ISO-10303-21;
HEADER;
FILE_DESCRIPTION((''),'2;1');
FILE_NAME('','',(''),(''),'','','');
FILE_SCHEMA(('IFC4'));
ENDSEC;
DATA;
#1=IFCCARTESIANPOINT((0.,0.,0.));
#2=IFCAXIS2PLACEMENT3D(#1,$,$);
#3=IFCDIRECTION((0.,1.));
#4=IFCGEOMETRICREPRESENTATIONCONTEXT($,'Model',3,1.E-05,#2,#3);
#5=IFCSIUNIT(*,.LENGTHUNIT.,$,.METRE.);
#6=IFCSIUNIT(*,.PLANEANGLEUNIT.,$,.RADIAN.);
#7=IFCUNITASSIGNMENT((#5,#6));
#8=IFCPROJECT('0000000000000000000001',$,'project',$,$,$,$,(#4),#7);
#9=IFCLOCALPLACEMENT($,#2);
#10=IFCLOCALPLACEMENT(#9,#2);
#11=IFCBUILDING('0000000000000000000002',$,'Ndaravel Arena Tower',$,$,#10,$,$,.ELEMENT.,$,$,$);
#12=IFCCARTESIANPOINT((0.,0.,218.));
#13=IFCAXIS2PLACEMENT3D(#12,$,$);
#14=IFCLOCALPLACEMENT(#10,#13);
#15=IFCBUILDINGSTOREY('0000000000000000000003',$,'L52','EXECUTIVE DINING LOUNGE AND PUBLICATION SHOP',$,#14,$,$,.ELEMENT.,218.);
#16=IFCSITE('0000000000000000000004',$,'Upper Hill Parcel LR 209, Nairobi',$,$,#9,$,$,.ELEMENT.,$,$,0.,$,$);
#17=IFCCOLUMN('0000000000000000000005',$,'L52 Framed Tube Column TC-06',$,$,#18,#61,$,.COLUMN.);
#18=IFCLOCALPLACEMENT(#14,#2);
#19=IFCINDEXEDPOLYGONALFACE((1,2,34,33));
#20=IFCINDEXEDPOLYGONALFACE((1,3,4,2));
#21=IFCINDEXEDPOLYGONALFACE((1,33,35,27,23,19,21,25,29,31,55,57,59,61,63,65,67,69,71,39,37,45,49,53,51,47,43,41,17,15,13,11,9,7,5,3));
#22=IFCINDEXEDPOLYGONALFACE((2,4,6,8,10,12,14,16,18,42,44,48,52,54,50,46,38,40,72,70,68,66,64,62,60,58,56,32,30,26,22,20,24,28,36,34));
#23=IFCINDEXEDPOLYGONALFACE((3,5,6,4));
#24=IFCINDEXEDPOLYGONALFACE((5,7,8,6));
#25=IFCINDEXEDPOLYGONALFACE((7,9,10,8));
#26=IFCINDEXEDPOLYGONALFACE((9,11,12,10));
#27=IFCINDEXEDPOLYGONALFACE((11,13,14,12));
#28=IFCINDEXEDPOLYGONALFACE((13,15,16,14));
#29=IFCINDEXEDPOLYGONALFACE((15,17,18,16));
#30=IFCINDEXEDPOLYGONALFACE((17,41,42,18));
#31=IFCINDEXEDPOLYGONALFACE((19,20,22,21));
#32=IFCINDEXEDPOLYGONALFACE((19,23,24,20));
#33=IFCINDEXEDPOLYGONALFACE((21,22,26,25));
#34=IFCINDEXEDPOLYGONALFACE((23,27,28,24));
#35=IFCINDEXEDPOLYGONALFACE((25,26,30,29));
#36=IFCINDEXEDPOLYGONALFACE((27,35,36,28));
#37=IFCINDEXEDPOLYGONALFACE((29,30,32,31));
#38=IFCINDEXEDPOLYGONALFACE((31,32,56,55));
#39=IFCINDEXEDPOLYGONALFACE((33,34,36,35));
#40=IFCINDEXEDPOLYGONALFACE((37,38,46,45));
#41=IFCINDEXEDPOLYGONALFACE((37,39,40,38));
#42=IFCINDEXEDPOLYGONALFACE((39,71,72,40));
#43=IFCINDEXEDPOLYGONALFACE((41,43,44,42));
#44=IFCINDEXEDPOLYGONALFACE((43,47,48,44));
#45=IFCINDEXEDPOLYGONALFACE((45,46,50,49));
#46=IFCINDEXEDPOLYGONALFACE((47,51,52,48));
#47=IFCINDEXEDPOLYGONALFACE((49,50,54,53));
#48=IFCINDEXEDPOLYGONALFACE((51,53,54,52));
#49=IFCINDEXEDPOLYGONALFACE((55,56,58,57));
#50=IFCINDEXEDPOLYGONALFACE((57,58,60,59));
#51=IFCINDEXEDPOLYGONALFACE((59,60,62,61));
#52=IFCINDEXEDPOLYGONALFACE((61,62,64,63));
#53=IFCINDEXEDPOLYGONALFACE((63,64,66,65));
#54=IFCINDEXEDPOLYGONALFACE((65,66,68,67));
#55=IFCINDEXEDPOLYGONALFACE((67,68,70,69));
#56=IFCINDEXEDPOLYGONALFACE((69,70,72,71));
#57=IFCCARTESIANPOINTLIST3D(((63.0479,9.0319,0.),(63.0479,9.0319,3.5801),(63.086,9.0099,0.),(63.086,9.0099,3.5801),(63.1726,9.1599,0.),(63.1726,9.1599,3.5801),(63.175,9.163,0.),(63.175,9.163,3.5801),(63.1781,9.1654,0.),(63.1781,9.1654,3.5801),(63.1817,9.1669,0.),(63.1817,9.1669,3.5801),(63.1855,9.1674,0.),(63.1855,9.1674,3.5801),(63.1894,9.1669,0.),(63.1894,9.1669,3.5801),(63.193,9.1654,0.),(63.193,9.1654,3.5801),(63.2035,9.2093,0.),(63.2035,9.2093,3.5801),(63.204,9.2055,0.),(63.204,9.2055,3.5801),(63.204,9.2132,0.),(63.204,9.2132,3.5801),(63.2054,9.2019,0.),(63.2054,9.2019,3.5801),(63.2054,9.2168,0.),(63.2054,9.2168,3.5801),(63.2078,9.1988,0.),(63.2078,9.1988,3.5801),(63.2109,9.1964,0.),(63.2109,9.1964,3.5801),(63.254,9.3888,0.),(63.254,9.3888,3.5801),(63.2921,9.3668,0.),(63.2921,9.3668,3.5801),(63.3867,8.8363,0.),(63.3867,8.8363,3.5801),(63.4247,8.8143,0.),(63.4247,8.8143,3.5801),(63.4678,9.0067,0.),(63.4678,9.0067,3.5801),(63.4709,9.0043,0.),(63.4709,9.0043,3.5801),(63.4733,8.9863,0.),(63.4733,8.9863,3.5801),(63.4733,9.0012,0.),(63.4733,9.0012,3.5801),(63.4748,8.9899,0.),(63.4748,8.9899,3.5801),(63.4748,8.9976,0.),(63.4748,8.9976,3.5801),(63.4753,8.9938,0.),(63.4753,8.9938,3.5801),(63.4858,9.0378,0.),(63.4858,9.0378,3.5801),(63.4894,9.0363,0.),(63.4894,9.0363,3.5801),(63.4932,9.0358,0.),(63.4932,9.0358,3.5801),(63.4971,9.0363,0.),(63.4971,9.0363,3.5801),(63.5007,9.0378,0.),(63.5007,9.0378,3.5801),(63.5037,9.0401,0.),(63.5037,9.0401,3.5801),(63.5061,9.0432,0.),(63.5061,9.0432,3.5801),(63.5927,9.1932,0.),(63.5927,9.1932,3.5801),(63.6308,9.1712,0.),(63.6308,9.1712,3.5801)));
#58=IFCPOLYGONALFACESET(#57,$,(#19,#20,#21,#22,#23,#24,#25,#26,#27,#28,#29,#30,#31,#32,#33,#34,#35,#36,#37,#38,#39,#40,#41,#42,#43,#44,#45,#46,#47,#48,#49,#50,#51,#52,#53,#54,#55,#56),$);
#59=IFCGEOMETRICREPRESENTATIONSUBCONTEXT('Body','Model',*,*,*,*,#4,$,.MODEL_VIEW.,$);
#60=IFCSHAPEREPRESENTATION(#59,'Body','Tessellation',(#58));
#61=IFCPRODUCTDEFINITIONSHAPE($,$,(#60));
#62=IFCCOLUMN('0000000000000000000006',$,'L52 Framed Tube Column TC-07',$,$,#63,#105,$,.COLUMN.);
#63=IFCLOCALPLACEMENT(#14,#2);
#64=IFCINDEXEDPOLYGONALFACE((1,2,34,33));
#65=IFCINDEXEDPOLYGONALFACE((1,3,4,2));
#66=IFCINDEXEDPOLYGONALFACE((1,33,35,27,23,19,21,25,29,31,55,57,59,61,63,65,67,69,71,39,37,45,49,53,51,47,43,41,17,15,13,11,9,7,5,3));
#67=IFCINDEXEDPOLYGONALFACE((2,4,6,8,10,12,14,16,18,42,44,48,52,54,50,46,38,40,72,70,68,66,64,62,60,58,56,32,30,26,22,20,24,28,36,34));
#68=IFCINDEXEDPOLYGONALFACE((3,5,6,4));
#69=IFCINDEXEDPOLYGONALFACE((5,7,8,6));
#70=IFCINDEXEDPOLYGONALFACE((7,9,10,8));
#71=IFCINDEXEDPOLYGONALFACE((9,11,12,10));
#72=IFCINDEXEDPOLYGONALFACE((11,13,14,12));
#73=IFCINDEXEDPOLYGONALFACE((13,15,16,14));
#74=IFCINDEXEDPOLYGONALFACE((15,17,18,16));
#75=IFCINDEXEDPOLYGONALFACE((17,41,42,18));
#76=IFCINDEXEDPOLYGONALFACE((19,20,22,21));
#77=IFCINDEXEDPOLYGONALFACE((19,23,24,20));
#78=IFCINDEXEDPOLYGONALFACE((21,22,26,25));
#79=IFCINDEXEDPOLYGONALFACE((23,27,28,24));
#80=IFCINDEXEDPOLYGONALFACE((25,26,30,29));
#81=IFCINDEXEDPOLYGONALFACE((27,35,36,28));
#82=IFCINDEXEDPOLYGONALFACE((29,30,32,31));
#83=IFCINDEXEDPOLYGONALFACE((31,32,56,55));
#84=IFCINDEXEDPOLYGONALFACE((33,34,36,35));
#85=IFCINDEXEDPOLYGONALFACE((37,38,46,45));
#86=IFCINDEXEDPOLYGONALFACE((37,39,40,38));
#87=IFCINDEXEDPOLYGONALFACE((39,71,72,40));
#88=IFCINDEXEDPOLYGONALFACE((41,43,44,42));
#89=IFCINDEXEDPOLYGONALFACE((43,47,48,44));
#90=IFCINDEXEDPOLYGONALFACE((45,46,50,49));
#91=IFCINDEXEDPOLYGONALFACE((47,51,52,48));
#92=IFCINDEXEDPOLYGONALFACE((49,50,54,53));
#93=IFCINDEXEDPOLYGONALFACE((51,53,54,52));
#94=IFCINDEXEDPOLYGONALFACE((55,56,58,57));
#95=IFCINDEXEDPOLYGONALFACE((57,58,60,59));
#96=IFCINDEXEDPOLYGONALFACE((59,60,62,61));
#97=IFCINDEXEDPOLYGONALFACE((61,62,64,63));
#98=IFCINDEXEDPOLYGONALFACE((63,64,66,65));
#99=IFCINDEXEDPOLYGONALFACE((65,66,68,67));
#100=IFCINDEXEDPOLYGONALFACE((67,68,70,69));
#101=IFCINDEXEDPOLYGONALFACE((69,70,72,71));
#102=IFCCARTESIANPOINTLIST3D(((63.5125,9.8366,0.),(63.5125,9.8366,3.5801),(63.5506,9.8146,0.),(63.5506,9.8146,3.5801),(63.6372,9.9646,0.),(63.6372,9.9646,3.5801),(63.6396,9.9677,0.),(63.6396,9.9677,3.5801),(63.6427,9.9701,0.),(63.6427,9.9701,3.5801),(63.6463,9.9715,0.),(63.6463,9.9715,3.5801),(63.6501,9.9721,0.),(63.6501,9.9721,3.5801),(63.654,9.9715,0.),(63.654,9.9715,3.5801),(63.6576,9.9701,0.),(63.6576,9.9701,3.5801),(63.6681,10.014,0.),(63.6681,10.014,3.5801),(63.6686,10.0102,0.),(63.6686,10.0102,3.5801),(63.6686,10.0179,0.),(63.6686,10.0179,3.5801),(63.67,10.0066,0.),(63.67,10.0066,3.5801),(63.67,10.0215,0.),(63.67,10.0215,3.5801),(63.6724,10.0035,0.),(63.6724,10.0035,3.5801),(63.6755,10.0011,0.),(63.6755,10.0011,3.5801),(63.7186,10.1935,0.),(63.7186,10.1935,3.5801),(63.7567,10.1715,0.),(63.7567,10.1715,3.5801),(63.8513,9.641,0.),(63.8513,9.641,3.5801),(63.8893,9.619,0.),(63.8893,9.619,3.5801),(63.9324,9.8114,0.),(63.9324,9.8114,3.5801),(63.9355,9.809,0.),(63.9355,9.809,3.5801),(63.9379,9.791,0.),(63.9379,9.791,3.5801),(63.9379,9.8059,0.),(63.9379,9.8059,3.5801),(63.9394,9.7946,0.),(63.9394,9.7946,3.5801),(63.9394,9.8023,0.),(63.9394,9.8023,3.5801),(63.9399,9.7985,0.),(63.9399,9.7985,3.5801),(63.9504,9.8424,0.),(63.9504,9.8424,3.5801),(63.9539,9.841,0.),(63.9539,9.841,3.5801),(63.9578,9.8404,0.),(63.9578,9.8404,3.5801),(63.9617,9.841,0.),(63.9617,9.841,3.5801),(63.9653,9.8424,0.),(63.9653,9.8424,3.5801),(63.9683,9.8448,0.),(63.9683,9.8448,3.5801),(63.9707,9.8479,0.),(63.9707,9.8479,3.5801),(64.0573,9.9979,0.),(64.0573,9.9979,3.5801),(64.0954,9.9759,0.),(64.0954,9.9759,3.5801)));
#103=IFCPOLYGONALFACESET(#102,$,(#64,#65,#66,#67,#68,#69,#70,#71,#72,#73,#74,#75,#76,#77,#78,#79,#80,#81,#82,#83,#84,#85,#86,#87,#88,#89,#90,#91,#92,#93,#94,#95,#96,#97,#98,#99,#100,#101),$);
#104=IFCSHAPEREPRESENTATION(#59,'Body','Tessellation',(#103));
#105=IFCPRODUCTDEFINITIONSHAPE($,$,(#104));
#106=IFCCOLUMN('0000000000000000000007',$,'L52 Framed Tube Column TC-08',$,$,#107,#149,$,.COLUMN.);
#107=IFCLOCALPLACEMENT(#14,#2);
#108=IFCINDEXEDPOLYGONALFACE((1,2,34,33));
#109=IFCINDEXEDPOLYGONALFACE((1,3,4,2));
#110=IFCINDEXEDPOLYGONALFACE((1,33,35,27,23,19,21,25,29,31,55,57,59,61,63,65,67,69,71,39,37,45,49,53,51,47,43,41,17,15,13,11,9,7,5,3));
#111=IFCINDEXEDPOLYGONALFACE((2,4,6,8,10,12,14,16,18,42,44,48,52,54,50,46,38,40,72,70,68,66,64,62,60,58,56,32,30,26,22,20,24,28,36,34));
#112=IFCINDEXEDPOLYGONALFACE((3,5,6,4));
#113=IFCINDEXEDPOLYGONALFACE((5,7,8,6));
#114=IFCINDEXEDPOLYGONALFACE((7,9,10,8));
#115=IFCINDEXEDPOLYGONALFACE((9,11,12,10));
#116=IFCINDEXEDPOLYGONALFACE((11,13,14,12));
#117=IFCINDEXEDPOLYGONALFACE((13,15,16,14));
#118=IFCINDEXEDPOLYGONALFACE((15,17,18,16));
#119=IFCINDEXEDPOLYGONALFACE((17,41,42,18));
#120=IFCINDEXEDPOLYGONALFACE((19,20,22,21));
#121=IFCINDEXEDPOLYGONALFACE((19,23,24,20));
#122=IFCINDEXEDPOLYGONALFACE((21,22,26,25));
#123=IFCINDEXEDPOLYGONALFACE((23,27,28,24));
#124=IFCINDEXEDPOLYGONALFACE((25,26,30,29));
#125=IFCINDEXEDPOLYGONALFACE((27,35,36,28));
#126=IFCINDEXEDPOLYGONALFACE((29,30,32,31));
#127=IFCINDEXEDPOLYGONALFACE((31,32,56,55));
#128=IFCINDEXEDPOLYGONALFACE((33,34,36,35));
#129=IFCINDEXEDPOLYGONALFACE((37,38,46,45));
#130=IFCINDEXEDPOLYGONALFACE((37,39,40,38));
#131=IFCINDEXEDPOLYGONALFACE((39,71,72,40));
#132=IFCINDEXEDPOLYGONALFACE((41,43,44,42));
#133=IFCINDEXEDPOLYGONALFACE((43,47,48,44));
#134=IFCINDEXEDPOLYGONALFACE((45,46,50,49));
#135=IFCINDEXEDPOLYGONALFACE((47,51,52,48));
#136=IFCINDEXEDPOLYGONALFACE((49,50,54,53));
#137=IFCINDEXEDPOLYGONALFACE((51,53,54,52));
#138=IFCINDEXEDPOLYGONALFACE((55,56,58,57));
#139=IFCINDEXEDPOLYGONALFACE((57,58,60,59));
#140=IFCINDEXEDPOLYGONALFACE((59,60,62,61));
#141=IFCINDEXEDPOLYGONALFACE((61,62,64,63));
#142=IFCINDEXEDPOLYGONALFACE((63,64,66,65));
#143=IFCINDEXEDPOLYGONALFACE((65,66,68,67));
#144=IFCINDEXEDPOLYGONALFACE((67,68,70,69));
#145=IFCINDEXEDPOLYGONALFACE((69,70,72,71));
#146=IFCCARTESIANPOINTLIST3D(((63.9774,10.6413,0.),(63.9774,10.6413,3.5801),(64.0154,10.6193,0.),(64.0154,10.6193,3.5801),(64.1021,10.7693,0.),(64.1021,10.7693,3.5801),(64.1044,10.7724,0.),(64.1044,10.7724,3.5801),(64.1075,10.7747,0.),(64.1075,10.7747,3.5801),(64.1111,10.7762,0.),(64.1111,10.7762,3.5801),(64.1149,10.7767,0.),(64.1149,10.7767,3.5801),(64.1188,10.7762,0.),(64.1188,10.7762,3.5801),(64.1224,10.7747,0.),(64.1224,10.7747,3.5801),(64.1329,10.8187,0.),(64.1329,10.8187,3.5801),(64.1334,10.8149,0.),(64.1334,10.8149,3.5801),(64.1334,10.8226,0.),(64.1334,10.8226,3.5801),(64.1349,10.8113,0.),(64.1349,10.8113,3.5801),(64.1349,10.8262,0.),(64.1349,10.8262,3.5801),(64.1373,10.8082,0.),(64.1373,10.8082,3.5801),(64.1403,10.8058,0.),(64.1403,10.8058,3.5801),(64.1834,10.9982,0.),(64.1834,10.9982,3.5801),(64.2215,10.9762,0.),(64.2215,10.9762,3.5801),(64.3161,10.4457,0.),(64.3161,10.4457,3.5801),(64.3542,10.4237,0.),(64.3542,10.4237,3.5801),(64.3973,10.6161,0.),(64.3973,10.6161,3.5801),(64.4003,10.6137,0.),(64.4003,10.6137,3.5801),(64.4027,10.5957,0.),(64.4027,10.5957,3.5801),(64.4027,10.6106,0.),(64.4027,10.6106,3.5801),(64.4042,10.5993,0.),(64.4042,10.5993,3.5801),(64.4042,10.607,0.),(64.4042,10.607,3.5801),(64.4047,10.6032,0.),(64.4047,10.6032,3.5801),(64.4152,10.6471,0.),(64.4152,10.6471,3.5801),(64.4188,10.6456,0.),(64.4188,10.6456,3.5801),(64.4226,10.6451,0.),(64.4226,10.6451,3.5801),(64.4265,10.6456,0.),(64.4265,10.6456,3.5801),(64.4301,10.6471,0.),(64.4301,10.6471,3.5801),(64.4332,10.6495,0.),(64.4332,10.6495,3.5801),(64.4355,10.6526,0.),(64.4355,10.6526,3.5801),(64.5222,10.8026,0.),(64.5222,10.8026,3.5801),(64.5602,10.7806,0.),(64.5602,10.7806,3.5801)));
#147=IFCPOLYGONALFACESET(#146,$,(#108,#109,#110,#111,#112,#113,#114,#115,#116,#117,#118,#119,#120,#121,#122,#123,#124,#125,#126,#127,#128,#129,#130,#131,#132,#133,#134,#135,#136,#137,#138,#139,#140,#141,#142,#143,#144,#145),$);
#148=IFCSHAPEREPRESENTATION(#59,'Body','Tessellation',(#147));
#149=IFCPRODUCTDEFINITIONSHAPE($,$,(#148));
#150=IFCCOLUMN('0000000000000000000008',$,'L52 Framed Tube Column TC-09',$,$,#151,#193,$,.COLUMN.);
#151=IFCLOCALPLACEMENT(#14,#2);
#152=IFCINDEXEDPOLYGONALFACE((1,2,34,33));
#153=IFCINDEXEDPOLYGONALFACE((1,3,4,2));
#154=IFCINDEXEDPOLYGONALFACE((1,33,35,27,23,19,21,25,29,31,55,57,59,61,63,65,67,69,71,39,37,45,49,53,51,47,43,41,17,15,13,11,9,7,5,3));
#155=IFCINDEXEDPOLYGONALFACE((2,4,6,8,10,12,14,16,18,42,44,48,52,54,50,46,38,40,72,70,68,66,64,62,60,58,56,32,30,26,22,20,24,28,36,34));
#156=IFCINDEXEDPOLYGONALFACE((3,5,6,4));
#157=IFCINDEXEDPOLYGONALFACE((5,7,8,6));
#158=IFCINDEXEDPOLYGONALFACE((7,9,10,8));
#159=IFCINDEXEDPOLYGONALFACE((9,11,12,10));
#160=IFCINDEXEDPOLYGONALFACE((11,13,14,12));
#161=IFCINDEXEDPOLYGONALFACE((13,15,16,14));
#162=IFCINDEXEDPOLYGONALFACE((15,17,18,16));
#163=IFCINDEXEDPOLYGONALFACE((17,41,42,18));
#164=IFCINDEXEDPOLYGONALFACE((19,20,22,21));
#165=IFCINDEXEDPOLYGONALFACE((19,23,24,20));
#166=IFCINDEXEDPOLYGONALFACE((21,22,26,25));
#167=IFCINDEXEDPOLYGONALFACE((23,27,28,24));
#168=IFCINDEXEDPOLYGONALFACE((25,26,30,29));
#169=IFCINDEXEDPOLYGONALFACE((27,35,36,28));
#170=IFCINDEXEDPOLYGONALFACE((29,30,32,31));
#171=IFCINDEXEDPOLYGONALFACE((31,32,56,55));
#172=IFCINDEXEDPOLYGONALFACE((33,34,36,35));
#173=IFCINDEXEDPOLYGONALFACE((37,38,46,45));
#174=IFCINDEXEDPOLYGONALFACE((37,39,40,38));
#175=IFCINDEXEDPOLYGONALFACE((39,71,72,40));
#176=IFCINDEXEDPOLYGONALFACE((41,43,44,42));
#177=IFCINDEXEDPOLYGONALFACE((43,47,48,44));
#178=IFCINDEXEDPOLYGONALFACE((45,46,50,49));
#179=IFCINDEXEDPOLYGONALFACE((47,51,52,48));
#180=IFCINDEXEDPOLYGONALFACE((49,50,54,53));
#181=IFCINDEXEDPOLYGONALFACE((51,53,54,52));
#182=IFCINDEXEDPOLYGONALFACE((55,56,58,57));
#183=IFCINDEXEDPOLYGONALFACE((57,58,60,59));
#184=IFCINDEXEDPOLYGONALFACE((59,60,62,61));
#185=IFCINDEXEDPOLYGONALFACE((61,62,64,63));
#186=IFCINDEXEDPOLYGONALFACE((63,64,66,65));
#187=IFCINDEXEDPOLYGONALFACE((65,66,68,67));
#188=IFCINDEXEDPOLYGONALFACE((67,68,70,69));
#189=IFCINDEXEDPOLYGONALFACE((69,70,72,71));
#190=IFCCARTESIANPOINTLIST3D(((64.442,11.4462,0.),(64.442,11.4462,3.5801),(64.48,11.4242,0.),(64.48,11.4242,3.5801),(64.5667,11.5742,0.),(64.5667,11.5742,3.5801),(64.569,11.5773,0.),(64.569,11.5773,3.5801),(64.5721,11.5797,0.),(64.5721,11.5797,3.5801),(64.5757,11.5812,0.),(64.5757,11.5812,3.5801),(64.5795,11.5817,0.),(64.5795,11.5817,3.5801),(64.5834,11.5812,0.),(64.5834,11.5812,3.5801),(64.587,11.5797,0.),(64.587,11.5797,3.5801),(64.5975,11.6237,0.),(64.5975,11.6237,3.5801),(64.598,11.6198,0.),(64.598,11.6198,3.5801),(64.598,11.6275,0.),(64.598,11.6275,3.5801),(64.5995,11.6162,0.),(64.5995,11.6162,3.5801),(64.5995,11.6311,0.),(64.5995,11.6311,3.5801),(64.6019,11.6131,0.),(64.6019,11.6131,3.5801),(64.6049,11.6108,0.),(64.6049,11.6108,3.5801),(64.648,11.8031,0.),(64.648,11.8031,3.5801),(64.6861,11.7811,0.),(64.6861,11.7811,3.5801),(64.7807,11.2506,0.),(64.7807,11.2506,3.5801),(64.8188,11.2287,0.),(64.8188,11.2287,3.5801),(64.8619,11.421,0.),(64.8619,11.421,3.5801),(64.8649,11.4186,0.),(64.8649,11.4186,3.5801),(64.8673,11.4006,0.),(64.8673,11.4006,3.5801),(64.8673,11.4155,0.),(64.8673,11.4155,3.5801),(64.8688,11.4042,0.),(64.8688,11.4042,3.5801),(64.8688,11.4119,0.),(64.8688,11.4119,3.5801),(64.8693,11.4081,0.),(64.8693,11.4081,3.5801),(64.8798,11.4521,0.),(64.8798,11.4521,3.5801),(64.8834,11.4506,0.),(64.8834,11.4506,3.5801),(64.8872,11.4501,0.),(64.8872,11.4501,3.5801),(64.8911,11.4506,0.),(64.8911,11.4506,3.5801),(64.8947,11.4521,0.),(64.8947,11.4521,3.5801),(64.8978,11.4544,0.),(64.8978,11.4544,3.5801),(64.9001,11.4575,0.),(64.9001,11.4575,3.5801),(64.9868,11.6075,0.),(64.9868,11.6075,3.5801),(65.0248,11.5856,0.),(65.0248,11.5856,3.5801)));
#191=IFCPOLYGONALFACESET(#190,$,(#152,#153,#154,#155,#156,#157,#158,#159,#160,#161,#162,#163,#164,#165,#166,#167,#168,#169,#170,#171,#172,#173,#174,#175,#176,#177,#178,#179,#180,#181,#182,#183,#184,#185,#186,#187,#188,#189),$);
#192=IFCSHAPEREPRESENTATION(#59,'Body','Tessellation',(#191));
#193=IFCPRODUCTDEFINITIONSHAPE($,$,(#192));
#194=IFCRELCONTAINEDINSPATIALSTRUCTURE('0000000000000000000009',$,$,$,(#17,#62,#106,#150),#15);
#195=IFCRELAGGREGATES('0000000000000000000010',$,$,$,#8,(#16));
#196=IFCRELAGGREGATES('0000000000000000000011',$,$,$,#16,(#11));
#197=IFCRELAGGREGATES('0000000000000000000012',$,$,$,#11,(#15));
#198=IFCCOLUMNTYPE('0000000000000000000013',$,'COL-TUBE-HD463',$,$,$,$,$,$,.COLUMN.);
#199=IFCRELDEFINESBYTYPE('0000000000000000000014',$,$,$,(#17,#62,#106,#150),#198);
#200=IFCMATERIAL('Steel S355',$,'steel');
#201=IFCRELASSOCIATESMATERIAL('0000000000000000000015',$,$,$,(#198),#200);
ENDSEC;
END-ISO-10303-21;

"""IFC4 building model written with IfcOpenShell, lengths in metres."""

from ifc_helpers import new_model, si_unit, direction, frame, origin, origin_2d, place, context, subcontext, project, spatial, i_section, extrude, material, material_profile, profile_set, type_object, element, save


model = new_model("IFC4")

# Units and contexts
model_context = context("Model", 3, precision=1e-05, world=origin(), true_north=direction((0.0, 1.0)))
body_context = subcontext(model_context, "Body", "Model", "MODEL_VIEW")
ifc_project = project(units=[si_unit("LENGTHUNIT", "METRE"), si_unit("PLANEANGLEUNIT", "RADIAN")], contexts=[model_context])

# Site, building, storey
site_placement = place(None, origin())
site = spatial("IfcSite", under=ifc_project, at=site_placement, Name="Upper Hill Parcel LR 209, Nairobi", CompositionType="ELEMENT", RefElevation=0.0)
building_placement = place(site_placement, origin())
building = spatial("IfcBuilding", under=site, at=building_placement, Name="Ndaravel Arena Tower", CompositionType="ELEMENT")
storey_placement = place(building_placement, frame((0.0, 0.0, 218.0)))
storey = spatial("IfcBuildingStorey", under=building, at=storey_placement, Name="L52", Description="EXECUTIVE DINING LOUNGE AND PUBLICATION SHOP", CompositionType="ELEMENT", Elevation=218.0)

# Columns
ifc_material_1 = material(Name="Steel S355", Category="steel")
ifc_material_profile_1 = material_profile(ifc_material_1, i_section(OverallWidth=0.4121, OverallDepth=0.4351, WebThickness=0.0359, FlangeThickness=0.0439, FilletRadius=0.0149, at=origin_2d()), Name="HD 400x463")
ifc_profile_set_1 = profile_set([ifc_material_profile_1], Name="Steel S355")
column_type = type_object("IfcColumnType", Name="COL-TUBE-HD463", PredefinedType="COLUMN", material=ifc_profile_set_1)
for number, where, z_axis, x_axis, name in (
    (1, (63.3394, 9.1016, 0.0), (0.0, 0.0, 1.0), (0.5, 0.866025, 0.0), "L52 Framed Tube Column TC-06"),
    (2, (63.804, 9.9062, 0.0), (0.0, 0.0, 1.0), (0.5, 0.866025, 0.0), "L52 Framed Tube Column TC-07"),
    (3, (64.2688, 10.7109, 0.0), (0.0, 0.0, 1.0), (0.5, 0.866025, 0.0), "L52 Framed Tube Column TC-08"),
    (4, (64.7334, 11.5159, 0.0), (0.0, 0.0, 1.0), (0.5, 0.866025, 0.0), "L52 Framed Tube Column TC-09"),
):
    element("IfcColumn", number, at=place(storey_placement, frame(where, z_axis=z_axis, x_axis=x_axis)), inside=storey, type_object=column_type, Name=name, PredefinedType="COLUMN", context=body_context, shape_type="SweptSolid", body=[
        extrude(i_section(OverallWidth=0.4121, OverallDepth=0.4351, WebThickness=0.0359, FlangeThickness=0.0439, FilletRadius=0.0149, at=origin_2d()), origin(), (0.0, 0.0, 1.0), 3.5801),
    ])

save(model, "model.ifc")
